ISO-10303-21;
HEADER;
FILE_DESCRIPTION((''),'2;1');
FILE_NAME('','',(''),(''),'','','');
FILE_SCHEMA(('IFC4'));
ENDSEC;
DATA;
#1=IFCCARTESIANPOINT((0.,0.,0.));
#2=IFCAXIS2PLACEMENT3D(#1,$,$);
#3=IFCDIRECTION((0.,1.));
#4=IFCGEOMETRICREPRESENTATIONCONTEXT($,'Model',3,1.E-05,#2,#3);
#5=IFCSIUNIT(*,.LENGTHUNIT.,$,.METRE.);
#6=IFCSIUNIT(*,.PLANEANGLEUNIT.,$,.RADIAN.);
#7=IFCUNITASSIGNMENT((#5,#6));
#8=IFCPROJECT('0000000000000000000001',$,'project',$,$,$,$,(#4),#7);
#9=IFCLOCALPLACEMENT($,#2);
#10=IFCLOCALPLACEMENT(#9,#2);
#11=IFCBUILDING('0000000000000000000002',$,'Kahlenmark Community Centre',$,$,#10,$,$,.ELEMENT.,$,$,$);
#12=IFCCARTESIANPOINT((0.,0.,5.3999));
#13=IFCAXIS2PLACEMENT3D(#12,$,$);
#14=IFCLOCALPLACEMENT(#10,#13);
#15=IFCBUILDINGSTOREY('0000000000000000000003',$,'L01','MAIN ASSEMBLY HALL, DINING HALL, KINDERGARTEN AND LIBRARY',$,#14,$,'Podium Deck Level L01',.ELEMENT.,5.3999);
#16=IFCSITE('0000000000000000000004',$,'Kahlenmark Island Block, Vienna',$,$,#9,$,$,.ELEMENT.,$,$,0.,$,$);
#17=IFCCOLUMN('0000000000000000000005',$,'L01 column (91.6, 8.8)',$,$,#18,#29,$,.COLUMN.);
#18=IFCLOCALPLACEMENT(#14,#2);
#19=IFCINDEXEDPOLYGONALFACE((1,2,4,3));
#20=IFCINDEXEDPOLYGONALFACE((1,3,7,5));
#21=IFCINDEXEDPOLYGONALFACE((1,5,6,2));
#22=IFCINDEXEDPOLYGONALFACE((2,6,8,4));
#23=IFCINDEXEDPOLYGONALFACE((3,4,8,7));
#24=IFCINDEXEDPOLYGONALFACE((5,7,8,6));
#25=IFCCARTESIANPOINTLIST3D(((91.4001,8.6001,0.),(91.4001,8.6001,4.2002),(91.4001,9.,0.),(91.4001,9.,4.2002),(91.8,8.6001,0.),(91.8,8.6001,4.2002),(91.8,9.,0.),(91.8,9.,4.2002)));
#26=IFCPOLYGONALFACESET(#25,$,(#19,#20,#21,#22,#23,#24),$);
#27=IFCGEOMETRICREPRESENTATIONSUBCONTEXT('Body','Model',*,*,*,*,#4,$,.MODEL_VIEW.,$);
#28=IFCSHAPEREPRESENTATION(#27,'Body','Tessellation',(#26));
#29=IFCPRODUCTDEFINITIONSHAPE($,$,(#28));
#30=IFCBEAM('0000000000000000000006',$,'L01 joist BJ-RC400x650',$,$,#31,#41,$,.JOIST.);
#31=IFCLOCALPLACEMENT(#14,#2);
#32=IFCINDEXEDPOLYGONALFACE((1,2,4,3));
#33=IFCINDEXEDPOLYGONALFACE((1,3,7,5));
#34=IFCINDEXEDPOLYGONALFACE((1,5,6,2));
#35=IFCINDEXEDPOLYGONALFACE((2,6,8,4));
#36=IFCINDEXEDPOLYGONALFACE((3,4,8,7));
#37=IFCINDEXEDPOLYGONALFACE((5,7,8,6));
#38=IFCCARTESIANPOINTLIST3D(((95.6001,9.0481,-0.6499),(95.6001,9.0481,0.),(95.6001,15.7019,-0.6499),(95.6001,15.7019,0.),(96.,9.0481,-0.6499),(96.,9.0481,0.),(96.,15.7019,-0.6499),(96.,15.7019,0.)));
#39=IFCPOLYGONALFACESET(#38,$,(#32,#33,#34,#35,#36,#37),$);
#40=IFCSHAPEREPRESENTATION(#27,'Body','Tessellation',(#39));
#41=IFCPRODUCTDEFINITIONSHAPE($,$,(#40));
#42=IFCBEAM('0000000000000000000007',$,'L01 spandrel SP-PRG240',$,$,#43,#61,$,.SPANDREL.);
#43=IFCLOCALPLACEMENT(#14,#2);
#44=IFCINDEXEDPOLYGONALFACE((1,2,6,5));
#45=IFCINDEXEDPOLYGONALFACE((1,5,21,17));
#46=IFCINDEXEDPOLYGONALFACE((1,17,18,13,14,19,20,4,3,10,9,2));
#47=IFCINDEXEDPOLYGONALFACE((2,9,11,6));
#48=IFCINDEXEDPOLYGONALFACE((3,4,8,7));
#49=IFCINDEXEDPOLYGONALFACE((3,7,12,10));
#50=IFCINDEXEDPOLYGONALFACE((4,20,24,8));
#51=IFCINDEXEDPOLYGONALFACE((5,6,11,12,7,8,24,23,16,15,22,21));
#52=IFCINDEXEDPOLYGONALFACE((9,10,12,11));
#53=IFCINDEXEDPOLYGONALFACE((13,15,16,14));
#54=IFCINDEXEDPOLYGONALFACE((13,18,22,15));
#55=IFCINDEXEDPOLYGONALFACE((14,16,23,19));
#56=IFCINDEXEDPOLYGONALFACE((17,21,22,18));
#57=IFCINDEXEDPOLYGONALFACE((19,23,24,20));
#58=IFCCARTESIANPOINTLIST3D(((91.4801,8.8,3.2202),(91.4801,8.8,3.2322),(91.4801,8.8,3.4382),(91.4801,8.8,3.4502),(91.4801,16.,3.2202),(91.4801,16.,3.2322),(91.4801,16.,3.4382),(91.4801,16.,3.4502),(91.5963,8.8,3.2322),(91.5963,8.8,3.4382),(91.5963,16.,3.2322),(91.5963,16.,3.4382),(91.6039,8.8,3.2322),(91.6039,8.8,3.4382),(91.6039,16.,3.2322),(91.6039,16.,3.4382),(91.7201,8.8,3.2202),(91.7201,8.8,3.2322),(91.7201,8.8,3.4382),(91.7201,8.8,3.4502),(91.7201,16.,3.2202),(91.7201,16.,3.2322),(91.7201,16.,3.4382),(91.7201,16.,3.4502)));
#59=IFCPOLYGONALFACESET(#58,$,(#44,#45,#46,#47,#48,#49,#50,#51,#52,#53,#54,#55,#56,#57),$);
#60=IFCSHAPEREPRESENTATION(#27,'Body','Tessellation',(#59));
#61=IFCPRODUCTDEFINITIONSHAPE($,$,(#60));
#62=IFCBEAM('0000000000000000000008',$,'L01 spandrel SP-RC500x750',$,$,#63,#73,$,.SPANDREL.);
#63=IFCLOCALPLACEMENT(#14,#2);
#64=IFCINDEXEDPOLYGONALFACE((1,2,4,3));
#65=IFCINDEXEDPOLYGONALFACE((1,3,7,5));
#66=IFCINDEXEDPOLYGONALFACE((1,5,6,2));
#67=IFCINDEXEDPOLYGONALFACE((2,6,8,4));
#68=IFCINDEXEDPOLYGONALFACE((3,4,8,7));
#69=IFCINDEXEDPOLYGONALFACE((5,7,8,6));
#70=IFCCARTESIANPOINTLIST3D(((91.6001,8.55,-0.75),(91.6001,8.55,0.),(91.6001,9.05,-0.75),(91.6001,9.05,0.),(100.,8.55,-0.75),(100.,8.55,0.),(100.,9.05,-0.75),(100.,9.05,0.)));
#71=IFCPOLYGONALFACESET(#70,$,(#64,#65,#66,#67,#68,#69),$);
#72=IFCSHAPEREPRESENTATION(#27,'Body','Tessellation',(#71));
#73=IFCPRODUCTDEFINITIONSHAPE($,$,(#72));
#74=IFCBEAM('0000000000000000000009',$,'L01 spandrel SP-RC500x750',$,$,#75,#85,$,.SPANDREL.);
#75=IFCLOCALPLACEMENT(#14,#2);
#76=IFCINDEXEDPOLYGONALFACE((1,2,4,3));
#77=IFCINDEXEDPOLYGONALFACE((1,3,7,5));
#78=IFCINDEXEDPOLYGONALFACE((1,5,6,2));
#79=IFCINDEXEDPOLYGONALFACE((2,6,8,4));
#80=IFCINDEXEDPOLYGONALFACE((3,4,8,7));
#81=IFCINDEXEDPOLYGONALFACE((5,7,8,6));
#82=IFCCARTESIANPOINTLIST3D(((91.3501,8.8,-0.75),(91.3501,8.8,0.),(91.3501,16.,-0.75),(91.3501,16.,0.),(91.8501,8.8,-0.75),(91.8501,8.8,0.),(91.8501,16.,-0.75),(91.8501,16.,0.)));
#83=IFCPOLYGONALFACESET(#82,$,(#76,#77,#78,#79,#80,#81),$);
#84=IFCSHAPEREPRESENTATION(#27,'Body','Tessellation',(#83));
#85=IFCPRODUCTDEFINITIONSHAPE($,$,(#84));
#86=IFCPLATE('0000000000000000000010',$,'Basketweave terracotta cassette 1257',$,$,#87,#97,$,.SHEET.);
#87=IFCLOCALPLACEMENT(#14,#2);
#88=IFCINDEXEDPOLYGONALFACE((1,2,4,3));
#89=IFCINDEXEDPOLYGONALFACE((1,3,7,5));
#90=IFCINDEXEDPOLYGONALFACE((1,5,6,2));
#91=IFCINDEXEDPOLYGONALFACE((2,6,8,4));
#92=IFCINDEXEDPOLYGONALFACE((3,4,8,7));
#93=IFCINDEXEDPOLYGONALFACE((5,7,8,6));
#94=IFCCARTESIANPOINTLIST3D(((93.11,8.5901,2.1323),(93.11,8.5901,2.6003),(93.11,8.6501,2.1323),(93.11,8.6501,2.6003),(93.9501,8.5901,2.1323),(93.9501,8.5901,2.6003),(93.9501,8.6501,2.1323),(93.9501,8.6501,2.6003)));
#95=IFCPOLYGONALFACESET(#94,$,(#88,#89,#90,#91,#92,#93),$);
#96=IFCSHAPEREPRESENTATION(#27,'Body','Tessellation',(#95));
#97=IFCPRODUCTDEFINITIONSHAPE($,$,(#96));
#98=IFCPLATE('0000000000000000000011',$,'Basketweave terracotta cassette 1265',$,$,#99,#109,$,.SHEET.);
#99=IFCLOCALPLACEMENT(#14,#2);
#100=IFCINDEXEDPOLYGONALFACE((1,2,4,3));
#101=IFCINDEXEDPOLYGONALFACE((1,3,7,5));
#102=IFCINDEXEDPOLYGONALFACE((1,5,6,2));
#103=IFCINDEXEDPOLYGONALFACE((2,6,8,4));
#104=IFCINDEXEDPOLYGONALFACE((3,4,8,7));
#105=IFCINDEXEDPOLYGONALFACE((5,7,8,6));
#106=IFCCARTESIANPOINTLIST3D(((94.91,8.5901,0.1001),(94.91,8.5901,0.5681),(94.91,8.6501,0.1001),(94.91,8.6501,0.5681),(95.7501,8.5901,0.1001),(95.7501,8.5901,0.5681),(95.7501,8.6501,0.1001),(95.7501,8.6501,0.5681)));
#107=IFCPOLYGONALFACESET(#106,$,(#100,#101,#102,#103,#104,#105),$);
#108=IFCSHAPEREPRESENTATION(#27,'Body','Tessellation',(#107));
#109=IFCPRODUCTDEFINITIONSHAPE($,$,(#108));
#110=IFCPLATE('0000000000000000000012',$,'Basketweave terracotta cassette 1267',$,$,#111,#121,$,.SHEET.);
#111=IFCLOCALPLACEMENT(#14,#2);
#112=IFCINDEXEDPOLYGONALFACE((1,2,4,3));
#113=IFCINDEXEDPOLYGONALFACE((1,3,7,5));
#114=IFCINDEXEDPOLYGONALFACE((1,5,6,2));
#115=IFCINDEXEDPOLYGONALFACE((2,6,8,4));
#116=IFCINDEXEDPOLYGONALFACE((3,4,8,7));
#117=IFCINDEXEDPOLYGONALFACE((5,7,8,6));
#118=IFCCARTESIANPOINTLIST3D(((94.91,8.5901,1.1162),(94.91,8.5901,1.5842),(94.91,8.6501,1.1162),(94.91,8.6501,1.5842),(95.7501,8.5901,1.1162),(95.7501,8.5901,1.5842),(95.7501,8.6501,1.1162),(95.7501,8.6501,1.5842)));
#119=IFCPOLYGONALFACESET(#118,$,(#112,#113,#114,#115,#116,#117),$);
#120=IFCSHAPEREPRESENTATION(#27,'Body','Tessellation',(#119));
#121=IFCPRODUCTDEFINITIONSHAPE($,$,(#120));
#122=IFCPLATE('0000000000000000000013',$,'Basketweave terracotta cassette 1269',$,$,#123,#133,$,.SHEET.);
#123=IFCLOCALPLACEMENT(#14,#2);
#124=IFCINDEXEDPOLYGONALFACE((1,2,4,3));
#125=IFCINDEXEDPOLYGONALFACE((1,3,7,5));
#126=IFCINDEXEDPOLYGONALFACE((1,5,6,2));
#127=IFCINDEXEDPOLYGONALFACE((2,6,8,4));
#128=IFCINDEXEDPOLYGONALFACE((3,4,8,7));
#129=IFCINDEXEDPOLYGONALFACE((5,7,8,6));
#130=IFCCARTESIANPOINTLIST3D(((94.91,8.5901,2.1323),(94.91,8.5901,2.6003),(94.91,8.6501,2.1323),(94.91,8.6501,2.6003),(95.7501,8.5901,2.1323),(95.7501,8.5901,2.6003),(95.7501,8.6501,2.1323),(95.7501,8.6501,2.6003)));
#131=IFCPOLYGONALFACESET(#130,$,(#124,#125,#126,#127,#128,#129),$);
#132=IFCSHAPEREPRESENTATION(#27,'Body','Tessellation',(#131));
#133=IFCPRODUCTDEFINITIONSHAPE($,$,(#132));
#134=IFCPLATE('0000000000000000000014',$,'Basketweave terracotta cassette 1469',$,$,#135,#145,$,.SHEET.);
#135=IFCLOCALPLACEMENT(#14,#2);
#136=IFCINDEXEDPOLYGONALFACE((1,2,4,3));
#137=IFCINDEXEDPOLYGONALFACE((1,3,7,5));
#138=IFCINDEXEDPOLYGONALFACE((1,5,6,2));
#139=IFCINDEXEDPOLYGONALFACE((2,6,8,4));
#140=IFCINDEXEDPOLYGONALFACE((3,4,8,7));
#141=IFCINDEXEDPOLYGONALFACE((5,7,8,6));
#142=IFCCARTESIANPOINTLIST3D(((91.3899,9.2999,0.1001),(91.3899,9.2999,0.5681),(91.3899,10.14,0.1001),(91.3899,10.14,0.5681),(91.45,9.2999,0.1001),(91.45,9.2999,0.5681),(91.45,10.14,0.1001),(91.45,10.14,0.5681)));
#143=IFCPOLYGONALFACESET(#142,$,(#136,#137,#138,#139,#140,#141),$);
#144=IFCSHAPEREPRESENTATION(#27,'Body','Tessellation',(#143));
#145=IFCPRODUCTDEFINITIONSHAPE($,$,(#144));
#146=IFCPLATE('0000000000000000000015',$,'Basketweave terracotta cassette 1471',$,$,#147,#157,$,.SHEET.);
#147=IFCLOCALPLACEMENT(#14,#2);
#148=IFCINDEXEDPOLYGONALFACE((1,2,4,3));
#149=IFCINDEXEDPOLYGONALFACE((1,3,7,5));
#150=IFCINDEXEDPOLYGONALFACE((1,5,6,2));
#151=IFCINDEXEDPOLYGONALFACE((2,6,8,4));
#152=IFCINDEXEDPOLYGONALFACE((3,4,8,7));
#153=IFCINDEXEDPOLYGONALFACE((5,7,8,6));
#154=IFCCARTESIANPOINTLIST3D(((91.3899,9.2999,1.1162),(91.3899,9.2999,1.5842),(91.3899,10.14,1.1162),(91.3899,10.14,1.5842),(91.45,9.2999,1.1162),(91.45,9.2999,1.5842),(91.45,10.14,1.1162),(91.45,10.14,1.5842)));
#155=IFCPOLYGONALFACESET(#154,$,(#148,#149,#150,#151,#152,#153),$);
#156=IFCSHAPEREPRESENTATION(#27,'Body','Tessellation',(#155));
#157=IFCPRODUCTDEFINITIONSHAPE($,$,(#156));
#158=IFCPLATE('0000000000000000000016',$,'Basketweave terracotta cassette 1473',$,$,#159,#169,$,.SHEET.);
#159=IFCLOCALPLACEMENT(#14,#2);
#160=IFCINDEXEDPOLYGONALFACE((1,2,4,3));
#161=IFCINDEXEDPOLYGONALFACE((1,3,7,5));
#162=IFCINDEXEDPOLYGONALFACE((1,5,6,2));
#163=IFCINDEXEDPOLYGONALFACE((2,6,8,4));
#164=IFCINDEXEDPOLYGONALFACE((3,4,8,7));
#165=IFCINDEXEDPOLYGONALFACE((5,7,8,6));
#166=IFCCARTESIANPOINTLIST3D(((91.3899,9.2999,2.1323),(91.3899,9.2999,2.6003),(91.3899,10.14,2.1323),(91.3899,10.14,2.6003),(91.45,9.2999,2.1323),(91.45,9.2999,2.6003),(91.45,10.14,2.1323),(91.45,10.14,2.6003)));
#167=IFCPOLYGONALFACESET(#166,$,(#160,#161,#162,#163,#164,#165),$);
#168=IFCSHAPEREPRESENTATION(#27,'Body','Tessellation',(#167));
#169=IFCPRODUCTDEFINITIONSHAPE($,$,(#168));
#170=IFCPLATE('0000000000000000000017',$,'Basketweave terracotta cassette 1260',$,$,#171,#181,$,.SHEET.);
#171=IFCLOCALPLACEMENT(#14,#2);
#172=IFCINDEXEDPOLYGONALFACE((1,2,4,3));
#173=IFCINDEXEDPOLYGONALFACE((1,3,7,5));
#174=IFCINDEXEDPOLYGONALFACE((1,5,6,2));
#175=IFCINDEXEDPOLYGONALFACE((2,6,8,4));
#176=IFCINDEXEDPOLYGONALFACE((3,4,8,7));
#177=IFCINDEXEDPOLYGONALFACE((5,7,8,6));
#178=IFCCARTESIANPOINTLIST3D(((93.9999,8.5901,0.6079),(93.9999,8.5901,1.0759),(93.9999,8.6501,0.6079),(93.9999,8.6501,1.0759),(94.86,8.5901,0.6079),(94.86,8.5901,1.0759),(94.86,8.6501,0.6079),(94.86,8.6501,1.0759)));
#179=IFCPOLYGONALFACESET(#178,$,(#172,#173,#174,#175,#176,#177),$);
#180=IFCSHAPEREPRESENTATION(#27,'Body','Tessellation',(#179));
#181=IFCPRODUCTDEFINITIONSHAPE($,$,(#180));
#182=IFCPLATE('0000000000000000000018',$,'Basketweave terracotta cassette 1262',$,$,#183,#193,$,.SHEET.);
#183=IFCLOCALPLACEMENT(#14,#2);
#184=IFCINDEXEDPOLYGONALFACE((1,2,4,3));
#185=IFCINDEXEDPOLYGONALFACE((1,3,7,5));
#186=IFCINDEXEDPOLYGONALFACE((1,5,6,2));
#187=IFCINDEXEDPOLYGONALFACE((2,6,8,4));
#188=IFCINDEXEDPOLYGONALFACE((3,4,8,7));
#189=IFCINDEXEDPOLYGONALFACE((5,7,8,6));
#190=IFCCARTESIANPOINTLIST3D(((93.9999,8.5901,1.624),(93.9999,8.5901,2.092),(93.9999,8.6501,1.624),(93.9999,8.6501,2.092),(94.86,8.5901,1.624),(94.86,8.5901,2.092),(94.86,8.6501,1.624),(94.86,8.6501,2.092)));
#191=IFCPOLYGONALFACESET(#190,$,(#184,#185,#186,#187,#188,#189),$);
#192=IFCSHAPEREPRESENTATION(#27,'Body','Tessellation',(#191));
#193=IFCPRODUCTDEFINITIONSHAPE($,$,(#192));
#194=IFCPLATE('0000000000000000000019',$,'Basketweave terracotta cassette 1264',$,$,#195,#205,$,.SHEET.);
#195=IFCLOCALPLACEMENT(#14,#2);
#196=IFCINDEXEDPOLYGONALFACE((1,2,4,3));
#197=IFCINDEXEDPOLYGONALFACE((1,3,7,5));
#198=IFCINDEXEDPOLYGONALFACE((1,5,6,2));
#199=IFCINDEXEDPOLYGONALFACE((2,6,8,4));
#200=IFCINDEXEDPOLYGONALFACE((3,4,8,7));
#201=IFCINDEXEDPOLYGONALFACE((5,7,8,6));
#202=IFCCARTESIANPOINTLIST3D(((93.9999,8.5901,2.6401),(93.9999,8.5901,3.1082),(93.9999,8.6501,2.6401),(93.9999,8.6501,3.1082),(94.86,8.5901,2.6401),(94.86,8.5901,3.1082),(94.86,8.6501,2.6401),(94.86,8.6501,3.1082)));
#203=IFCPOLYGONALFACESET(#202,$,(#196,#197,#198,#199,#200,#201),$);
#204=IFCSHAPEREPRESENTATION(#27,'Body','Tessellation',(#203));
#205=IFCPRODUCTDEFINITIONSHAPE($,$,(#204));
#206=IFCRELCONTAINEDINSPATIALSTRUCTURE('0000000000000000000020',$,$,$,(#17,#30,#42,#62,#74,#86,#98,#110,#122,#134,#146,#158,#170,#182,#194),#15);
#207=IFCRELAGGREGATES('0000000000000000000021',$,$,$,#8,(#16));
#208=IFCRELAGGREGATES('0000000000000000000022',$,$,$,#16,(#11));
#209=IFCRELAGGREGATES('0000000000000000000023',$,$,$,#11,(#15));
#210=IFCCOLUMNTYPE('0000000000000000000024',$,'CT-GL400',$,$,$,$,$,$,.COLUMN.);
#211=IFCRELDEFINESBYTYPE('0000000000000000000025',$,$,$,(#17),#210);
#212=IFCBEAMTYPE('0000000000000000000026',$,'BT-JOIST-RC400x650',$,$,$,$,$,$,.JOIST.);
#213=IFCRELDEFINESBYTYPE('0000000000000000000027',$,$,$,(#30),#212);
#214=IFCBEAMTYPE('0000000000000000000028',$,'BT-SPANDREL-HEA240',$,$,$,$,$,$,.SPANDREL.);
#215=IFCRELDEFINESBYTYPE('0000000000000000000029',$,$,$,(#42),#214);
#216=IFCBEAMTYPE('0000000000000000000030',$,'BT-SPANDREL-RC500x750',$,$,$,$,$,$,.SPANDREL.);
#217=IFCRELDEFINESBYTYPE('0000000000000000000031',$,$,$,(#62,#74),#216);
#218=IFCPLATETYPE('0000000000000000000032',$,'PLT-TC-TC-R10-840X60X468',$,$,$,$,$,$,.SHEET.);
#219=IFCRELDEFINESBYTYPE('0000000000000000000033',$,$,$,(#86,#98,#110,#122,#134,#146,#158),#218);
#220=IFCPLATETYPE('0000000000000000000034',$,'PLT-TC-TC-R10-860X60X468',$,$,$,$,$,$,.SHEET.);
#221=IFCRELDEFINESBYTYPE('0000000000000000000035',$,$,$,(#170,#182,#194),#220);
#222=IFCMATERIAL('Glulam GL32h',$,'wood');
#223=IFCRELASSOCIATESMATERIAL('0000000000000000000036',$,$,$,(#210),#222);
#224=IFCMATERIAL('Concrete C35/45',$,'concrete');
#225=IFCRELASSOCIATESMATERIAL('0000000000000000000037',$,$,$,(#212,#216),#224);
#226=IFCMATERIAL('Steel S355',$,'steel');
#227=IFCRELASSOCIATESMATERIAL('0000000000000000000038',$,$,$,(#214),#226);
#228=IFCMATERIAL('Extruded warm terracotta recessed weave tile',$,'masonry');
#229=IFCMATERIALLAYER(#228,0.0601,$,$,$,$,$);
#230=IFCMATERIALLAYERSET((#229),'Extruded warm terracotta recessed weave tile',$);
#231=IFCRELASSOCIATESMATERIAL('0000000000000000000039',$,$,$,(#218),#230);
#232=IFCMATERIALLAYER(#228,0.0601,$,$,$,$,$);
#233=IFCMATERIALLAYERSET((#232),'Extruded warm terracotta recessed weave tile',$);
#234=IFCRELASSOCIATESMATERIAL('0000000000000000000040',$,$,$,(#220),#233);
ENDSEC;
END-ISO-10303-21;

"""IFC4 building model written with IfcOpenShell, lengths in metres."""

from ifc_helpers import new_model, si_unit, direction, frame, origin, origin_2d, place, context, subcontext, project, spatial, rectangle, i_section, extrude, material, layer, layer_set, material_profile, profile_set, type_object, element, save


model = new_model("IFC4")

# Units and contexts
model_context = context("Model", 3, precision=1e-05, world=origin(), true_north=direction((0.0, 1.0)))
body_context = subcontext(model_context, "Body", "Model", "MODEL_VIEW")
ifc_project = project(units=[si_unit("LENGTHUNIT", "METRE"), si_unit("PLANEANGLEUNIT", "RADIAN")], contexts=[model_context])

# Site, building, storey
site_placement = place(None, origin())
site = spatial("IfcSite", under=ifc_project, at=site_placement, Name="Kahlenmark Island Block, Vienna", CompositionType="ELEMENT", RefElevation=0.0)
building_placement = place(site_placement, origin())
building = spatial("IfcBuilding", under=site, at=building_placement, Name="Kahlenmark Community Centre", CompositionType="ELEMENT")
storey_placement = place(building_placement, frame((0.0, 0.0, 5.3999)))
storey = spatial("IfcBuildingStorey", under=building, at=storey_placement, Name="L01", Description="MAIN ASSEMBLY HALL, DINING HALL, KINDERGARTEN AND LIBRARY", LongName="Podium Deck Level L01", CompositionType="ELEMENT", Elevation=5.3999)

# Column
ifc_material_1 = material(Name="Glulam GL32h", Category="wood")
ifc_material_profile_1 = material_profile(ifc_material_1, rectangle(XDim=0.3999, YDim=0.3999, at=origin_2d()), Name="GL32h 400x400")
ifc_profile_set_1 = profile_set([ifc_material_profile_1], Name="Glulam GL32h")
column_type = type_object("IfcColumnType", Name="CT-GL400", PredefinedType="COLUMN", material=ifc_profile_set_1)
column_placement = place(storey_placement, frame((91.6001, 8.8, 0.0), z_axis=(0.0, 0.0, 1.0), x_axis=(1.0, 0.0, 0.0)))
element("IfcColumn", 1, at=column_placement, inside=storey, type_object=column_type, Name="L01 column (91.6, 8.8)", PredefinedType="COLUMN", context=body_context, shape_type="SweptSolid", body=[
    extrude(rectangle(XDim=0.3999, YDim=0.3999, at=origin_2d()), origin(), (0.0, 0.0, 1.0), 4.2002),
])

# Beams
ifc_material_2 = material(Name="Concrete C35/45", Category="concrete")
ifc_material_profile_2 = material_profile(ifc_material_2, rectangle(XDim=0.3999, YDim=0.6499, at=origin_2d()), Name="RC 400x650")
ifc_profile_set_2 = profile_set([ifc_material_profile_2], Name="Concrete C35/45")
beam_type_1 = type_object("IfcBeamType", Name="BT-JOIST-RC400x650", PredefinedType="JOIST", material=ifc_profile_set_2)
beam_1_placement = place(storey_placement, frame((95.8, 9.0481, -0.325), z_axis=(0.0, 1.0, 0.0), x_axis=(-1.0, 0.0, 0.0)))
element("IfcBeam", 2, at=beam_1_placement, inside=storey, type_object=beam_type_1, Name="L01 joist BJ-RC400x650", PredefinedType="JOIST", context=body_context, shape_type="SweptSolid", body=[
    extrude(rectangle(XDim=0.3999, YDim=0.6499, at=origin_2d()), origin(), (0.0, 0.0, 1.0), 6.6538),
])
ifc_material_3 = material(Name="Steel S355", Category="steel")
ifc_material_profile_3 = material_profile(ifc_material_3, i_section(OverallWidth=0.24, OverallDepth=0.23, WebThickness=0.0076, FlangeThickness=0.012, at=origin_2d()), Name="HEA 240")
ifc_profile_set_3 = profile_set([ifc_material_profile_3], Name="Steel S355")
beam_type_2 = type_object("IfcBeamType", Name="BT-SPANDREL-HEA240", PredefinedType="SPANDREL", material=ifc_profile_set_3)
beam_2_placement = place(storey_placement, frame((91.6001, 8.8, 3.3352), z_axis=(0.0, 1.0, 0.0), x_axis=(-1.0, 0.0, 0.0)))
element("IfcBeam", 3, at=beam_2_placement, inside=storey, type_object=beam_type_2, Name="L01 spandrel SP-PRG240", PredefinedType="SPANDREL", context=body_context, shape_type="SweptSolid", body=[
    extrude(i_section(OverallWidth=0.24, OverallDepth=0.23, WebThickness=0.0076, FlangeThickness=0.012, at=origin_2d()), origin(), (0.0, 0.0, 1.0), 7.2),
])
ifc_material_profile_4 = material_profile(ifc_material_2, rectangle(XDim=0.5, YDim=0.75, at=origin_2d()), Name="RC 500x750")
ifc_profile_set_4 = profile_set([ifc_material_profile_4], Name="Concrete C35/45")
beam_type_3 = type_object("IfcBeamType", Name="BT-SPANDREL-RC500x750", PredefinedType="SPANDREL", material=ifc_profile_set_4)
beam_3_placement = place(storey_placement, frame((91.6001, 8.8, -0.375), z_axis=(1.0, 0.0, 0.0), x_axis=(0.0, 1.0, 0.0)))
element("IfcBeam", 4, at=beam_3_placement, inside=storey, type_object=beam_type_3, Name="L01 spandrel SP-RC500x750", PredefinedType="SPANDREL", context=body_context, shape_type="SweptSolid", body=[
    extrude(rectangle(XDim=0.5, YDim=0.75, at=origin_2d()), origin(), (0.0, 0.0, 1.0), 8.3999),
])
beam_4_placement = place(storey_placement, frame((91.6001, 8.8, -0.375), z_axis=(0.0, 1.0, 0.0), x_axis=(-1.0, 0.0, 0.0)))
element("IfcBeam", 5, at=beam_4_placement, inside=storey, type_object=beam_type_3, Name="L01 spandrel SP-RC500x750", PredefinedType="SPANDREL", context=body_context, shape_type="SweptSolid", body=[
    extrude(rectangle(XDim=0.5, YDim=0.75, at=origin_2d()), origin(), (0.0, 0.0, 1.0), 7.2),
])

# Plates
ifc_material_4 = material(Name="Extruded warm terracotta recessed weave tile", Category="masonry")
ifc_layer_1 = layer(ifc_material_4, 0.0601)
ifc_layer_set_1 = layer_set([ifc_layer_1], Name="Extruded warm terracotta recessed weave tile")
plate_type_1 = type_object("IfcPlateType", Name="PLT-TC-TC-R10-840X60X468", PredefinedType="SHEET", material=ifc_layer_set_1)
for number, where, z_axis, x_axis, name in (
    (6, (93.53, 8.6201, 2.1323), (0.0, 0.0, 1.0), (1.0, 0.0, 0.0), "Basketweave terracotta cassette 1257"),
    (7, (95.3301, 8.6201, 0.1001), (0.0, 0.0, 1.0), (1.0, 0.0, 0.0), "Basketweave terracotta cassette 1265"),
    (8, (95.3301, 8.6201, 1.1162), (0.0, 0.0, 1.0), (1.0, 0.0, 0.0), "Basketweave terracotta cassette 1267"),
    (9, (95.3301, 8.6201, 2.1323), (0.0, 0.0, 1.0), (1.0, 0.0, 0.0), "Basketweave terracotta cassette 1269"),
    (10, (91.4199, 9.72, 0.1001), (0.0, 0.0, 1.0), (0.0, -1.0, 0.0), "Basketweave terracotta cassette 1469"),
    (11, (91.4199, 9.72, 1.1162), (0.0, 0.0, 1.0), (0.0, -1.0, 0.0), "Basketweave terracotta cassette 1471"),
    (12, (91.4199, 9.72, 2.1323), (0.0, 0.0, 1.0), (0.0, -1.0, 0.0), "Basketweave terracotta cassette 1473"),
):
    element("IfcPlate", number, at=place(storey_placement, frame(where, z_axis=z_axis, x_axis=x_axis)), inside=storey, type_object=plate_type_1, Name=name, PredefinedType="SHEET", context=body_context, shape_type="SweptSolid", body=[
        extrude(rectangle(XDim=0.8401, YDim=0.0601, at=origin_2d()), origin(), (0.0, 0.0, 1.0), 0.468),
    ])
ifc_layer_2 = layer(ifc_material_4, 0.0601)
ifc_layer_set_2 = layer_set([ifc_layer_2], Name="Extruded warm terracotta recessed weave tile")
plate_type_2 = type_object("IfcPlateType", Name="PLT-TC-TC-R10-860X60X468", PredefinedType="SHEET", material=ifc_layer_set_2)
for number, where, z_axis, x_axis, name in (
    (13, (94.4299, 8.6201, 0.6079), (0.0, 0.0, 1.0), (1.0, 0.0, 0.0), "Basketweave terracotta cassette 1260"),
    (14, (94.4299, 8.6201, 1.624), (0.0, 0.0, 1.0), (1.0, 0.0, 0.0), "Basketweave terracotta cassette 1262"),
    (15, (94.4299, 8.6201, 2.6401), (0.0, 0.0, 1.0), (1.0, 0.0, 0.0), "Basketweave terracotta cassette 1264"),
):
    element("IfcPlate", number, at=place(storey_placement, frame(where, z_axis=z_axis, x_axis=x_axis)), inside=storey, type_object=plate_type_2, Name=name, PredefinedType="SHEET", context=body_context, shape_type="SweptSolid", body=[
        extrude(rectangle(XDim=0.8601, YDim=0.0601, at=origin_2d()), origin(), (0.0, 0.0, 1.0), 0.468),
    ])

save(model, "model.ifc")
